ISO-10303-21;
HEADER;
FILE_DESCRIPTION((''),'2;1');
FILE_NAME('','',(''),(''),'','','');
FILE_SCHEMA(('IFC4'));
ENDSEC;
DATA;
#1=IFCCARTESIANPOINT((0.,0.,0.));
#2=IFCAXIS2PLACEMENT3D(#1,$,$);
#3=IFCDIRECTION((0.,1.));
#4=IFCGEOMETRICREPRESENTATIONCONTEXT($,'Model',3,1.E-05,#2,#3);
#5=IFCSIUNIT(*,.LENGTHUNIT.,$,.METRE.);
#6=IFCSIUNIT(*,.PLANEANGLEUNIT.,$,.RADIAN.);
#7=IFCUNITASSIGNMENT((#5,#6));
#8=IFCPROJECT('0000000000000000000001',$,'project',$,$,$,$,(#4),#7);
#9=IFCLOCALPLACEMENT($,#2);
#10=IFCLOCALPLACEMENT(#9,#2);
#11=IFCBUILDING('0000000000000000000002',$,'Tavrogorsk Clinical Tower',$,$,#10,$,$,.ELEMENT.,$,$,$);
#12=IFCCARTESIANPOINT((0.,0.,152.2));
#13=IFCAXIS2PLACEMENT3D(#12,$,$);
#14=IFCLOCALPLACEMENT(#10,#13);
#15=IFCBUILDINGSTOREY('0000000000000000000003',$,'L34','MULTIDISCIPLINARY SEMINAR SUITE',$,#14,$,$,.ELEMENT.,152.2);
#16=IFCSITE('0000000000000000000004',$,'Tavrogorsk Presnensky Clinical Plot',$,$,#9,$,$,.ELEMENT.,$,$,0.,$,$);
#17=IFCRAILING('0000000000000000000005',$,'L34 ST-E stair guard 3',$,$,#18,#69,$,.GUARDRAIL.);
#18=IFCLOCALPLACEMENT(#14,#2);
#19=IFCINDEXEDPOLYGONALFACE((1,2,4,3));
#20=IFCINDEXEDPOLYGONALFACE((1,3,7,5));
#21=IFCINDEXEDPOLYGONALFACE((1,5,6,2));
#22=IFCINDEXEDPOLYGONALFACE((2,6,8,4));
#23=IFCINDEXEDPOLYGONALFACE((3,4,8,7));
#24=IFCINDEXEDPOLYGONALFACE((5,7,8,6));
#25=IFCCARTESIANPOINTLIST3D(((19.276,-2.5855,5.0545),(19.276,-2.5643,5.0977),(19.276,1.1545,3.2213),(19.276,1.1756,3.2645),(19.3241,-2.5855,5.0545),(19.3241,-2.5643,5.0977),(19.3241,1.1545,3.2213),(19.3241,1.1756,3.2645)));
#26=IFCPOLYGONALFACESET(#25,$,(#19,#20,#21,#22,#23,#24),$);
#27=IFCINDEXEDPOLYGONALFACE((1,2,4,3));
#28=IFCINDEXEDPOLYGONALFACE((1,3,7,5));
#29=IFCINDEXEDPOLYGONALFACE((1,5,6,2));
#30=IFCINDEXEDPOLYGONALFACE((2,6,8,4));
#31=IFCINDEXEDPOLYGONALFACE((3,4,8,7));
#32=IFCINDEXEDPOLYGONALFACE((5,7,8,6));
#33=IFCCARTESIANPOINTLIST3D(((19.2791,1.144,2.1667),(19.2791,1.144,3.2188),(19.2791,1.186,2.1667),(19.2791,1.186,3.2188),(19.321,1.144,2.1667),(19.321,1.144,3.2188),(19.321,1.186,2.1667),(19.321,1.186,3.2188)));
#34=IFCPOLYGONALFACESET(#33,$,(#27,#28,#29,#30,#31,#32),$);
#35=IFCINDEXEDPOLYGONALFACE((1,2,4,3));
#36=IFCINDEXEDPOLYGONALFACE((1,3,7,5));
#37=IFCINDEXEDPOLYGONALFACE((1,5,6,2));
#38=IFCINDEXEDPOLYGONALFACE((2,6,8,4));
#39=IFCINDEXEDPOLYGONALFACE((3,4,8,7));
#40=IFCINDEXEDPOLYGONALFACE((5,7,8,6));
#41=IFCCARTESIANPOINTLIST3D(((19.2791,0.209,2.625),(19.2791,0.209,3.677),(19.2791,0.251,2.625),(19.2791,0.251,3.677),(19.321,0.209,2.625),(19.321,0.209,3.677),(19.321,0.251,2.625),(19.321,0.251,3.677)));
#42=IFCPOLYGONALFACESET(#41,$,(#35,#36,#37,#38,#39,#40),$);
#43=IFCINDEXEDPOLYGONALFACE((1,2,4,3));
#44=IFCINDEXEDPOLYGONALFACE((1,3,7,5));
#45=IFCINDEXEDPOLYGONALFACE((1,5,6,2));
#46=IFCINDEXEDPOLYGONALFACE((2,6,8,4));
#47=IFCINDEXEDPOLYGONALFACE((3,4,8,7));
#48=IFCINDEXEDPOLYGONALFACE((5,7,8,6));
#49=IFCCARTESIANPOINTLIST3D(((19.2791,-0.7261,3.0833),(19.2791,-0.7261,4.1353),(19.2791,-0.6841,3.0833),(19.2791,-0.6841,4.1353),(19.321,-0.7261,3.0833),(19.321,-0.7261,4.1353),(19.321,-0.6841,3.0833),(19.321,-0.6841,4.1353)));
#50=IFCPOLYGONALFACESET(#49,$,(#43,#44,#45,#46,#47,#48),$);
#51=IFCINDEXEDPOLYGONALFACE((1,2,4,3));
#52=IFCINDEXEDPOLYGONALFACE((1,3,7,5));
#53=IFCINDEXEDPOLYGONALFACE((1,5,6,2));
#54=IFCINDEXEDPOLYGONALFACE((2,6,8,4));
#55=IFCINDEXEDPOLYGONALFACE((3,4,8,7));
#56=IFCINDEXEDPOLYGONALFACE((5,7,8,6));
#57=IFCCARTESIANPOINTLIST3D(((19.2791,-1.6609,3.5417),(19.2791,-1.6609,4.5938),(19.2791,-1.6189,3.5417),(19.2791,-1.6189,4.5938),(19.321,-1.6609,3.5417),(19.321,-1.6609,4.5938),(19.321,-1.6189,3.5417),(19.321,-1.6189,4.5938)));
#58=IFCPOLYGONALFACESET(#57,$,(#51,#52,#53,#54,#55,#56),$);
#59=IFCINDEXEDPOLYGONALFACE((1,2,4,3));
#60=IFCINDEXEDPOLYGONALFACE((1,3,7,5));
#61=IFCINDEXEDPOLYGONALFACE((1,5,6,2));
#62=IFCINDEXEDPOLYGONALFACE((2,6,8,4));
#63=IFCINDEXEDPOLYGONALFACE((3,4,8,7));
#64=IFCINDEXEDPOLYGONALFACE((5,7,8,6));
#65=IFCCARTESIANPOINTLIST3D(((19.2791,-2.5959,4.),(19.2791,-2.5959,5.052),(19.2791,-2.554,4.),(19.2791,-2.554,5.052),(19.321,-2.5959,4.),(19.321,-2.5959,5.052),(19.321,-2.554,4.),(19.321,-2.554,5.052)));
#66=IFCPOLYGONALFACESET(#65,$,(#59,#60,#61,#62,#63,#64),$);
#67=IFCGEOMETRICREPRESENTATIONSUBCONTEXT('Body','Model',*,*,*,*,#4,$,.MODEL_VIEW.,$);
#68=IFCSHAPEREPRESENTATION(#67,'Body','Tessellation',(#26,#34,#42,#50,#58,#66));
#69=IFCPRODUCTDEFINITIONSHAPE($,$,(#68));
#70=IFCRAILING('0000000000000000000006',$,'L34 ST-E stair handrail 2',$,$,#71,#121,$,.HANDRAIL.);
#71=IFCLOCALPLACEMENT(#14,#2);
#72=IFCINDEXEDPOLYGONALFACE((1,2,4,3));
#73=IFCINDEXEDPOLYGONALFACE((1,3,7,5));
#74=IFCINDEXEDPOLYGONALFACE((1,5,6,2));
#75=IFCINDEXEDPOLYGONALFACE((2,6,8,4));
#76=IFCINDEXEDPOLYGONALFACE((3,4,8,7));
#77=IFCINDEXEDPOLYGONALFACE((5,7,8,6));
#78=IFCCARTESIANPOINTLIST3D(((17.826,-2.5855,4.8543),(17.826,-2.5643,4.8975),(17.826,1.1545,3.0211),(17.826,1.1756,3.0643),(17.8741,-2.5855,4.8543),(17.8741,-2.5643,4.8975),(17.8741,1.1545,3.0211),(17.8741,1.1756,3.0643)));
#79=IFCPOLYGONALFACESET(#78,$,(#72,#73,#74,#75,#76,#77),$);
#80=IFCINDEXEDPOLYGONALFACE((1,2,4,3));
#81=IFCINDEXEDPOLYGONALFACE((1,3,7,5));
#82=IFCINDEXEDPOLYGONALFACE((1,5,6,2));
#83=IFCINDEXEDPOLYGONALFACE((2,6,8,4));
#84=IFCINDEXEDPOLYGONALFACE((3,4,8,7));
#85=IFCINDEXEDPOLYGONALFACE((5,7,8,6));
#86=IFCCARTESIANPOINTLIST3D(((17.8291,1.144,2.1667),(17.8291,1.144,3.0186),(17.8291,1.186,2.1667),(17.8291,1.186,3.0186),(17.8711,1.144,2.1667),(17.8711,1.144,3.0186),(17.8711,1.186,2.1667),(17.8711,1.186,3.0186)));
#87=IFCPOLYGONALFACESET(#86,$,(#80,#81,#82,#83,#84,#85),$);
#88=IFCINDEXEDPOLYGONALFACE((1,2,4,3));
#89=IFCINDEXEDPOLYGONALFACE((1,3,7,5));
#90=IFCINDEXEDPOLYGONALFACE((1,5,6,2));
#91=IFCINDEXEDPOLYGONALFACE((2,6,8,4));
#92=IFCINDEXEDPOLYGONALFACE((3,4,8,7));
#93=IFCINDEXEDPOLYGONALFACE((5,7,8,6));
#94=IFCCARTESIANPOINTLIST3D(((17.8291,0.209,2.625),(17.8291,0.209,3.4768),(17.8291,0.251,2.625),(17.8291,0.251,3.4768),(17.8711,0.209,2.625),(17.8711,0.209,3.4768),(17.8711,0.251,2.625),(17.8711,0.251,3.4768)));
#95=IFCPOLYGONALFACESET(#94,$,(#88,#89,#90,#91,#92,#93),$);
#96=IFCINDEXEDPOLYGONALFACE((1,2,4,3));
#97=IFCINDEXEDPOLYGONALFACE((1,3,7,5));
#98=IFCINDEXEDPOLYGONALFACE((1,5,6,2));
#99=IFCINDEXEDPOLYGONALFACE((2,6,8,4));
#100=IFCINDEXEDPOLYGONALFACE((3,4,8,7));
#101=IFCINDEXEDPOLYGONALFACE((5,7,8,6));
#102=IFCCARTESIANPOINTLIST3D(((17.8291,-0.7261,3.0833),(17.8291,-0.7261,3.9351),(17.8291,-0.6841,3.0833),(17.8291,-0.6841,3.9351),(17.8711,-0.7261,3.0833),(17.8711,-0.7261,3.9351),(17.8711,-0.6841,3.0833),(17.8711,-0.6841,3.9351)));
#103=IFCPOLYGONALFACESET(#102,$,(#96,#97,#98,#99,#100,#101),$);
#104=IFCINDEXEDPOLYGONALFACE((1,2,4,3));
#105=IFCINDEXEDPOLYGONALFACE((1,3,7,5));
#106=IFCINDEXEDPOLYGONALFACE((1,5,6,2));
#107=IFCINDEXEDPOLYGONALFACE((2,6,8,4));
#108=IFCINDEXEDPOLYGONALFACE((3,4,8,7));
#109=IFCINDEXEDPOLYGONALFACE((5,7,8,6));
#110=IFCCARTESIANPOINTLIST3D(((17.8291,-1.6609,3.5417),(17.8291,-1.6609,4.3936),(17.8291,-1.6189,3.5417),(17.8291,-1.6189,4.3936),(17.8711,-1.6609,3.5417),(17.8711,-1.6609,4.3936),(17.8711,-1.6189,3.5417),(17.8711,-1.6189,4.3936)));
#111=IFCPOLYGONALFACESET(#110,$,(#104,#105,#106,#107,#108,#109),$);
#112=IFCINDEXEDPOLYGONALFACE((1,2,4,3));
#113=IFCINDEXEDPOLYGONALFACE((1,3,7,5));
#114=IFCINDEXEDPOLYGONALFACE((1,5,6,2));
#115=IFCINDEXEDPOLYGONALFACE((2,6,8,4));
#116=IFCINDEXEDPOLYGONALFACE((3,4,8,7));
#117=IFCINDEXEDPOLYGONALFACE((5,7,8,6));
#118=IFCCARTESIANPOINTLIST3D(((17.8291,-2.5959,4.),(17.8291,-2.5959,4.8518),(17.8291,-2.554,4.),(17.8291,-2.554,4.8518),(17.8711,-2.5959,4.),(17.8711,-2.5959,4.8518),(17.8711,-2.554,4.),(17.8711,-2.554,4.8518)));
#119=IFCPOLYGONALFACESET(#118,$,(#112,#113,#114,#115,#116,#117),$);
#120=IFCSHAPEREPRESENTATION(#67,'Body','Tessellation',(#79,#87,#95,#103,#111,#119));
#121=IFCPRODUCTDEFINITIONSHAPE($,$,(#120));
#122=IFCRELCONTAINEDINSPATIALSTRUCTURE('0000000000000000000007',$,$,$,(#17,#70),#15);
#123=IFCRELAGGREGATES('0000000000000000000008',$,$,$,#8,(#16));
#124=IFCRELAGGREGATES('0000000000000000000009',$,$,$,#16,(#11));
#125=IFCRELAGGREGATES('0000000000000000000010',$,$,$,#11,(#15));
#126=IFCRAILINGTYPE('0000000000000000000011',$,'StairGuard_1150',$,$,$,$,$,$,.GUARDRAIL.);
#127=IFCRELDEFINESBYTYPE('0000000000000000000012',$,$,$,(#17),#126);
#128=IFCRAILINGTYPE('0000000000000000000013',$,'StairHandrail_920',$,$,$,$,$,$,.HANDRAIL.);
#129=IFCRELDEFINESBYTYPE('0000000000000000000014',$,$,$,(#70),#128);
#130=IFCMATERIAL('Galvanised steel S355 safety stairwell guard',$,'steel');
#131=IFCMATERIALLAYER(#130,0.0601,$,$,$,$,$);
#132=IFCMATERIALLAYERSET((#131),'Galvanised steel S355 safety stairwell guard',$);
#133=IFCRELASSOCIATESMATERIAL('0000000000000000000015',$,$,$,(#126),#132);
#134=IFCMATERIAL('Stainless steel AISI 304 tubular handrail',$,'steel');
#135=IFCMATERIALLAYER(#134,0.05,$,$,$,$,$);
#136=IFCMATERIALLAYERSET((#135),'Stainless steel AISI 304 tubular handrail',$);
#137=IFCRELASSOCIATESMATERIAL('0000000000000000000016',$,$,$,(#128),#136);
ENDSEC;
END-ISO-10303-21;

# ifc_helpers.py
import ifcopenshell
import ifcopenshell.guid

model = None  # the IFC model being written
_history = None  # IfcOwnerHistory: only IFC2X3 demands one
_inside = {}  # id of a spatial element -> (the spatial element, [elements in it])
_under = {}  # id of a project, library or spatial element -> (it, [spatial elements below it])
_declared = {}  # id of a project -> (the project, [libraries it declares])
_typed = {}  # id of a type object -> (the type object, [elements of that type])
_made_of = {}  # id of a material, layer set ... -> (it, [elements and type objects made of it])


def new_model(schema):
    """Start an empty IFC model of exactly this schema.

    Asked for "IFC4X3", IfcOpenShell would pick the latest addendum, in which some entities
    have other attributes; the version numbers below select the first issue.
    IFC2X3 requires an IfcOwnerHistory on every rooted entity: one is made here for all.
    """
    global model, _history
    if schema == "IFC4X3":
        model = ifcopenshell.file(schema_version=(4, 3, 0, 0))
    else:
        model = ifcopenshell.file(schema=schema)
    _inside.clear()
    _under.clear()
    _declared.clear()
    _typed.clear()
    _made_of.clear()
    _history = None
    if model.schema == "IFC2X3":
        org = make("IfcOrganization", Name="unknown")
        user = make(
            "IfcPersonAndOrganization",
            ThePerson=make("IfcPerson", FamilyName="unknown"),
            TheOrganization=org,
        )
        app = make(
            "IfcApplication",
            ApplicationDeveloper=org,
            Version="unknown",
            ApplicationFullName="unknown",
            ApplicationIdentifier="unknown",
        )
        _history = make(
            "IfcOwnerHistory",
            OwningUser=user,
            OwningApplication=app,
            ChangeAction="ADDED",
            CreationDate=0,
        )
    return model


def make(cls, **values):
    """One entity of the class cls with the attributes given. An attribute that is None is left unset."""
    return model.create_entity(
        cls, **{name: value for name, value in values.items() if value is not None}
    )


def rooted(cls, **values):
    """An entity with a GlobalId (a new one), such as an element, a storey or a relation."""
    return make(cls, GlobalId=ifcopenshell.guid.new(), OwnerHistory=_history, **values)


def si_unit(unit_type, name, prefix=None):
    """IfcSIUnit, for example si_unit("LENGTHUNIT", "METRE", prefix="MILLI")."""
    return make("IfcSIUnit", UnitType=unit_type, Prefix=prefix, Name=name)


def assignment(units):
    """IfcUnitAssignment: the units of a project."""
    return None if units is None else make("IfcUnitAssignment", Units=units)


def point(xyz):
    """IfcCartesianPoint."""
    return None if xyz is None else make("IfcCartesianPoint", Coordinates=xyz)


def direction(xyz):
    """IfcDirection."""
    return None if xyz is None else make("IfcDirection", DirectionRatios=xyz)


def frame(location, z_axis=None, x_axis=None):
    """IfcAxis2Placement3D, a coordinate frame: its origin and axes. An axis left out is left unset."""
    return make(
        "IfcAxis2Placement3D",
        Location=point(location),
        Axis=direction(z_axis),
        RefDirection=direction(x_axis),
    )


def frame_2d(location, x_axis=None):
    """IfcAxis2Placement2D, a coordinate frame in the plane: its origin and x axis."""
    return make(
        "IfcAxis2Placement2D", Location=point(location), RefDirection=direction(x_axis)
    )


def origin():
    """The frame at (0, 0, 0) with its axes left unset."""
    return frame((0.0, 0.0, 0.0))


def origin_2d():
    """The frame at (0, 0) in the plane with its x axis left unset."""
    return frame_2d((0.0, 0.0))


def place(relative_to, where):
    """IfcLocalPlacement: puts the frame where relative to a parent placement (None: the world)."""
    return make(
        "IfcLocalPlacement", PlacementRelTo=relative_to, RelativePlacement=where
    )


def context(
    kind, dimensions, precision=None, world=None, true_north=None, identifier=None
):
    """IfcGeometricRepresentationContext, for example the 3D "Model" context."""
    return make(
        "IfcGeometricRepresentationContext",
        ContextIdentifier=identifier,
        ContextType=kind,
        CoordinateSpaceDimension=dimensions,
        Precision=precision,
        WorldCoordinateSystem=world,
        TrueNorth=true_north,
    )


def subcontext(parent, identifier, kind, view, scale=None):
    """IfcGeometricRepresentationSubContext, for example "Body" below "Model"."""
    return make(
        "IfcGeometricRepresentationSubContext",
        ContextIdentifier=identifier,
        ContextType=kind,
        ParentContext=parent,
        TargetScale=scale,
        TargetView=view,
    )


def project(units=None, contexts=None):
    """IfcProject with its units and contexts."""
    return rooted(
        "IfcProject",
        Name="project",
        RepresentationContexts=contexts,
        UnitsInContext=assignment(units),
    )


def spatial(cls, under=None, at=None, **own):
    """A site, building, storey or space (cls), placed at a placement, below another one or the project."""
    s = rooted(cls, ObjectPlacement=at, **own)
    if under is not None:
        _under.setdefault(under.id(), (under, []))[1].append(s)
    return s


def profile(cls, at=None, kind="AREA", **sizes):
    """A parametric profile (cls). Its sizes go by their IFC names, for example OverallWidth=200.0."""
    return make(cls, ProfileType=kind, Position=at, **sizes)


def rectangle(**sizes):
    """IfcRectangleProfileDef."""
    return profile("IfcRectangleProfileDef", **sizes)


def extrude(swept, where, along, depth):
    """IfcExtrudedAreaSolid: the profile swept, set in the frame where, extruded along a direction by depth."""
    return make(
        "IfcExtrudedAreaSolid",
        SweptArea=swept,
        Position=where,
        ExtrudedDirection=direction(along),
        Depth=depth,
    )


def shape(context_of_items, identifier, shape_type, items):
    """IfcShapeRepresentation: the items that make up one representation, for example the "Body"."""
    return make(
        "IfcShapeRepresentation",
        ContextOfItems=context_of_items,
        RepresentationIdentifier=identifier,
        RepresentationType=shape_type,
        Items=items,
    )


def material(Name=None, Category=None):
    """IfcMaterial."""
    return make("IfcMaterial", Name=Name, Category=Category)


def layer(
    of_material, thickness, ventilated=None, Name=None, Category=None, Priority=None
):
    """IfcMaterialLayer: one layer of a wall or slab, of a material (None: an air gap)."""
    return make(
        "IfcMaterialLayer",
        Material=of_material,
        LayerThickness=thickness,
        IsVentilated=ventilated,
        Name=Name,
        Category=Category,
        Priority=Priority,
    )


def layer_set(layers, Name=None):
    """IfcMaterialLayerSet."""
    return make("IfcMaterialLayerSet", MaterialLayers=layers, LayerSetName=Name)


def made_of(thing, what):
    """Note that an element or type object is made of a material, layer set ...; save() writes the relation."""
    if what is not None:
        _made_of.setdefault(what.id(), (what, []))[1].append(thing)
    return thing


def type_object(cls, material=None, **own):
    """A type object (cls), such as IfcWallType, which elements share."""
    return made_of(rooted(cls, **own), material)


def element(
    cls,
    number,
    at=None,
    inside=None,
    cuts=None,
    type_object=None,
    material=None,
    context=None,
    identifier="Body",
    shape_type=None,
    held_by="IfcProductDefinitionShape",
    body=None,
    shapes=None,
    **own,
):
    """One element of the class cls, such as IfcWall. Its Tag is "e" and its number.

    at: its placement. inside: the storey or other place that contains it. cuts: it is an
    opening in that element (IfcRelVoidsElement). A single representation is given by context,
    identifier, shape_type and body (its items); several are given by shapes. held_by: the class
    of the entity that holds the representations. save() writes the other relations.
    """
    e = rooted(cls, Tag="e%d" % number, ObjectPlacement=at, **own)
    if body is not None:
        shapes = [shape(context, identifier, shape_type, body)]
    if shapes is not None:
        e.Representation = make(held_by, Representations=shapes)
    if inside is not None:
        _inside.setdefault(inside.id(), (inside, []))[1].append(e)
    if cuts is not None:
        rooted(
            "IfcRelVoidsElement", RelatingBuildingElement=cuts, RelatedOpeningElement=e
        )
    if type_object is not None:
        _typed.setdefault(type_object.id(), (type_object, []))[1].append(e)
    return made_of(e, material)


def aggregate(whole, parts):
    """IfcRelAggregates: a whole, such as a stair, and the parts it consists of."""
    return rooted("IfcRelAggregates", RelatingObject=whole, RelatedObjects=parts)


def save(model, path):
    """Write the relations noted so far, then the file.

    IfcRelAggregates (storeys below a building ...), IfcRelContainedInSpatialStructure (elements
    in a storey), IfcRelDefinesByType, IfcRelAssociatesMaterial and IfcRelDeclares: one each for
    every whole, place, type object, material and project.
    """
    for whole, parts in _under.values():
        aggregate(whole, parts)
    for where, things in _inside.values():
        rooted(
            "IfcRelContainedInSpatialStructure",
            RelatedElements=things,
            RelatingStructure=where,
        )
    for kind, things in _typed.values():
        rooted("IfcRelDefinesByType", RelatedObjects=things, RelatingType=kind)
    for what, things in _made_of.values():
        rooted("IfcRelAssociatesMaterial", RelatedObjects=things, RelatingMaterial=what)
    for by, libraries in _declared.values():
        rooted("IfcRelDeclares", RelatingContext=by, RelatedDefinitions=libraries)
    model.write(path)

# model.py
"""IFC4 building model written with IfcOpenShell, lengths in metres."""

from ifc_helpers import new_model, si_unit, direction, frame, origin, origin_2d, place, context, subcontext, project, spatial, rectangle, extrude, material, layer, layer_set, type_object, element, save


model = new_model("IFC4")

# Units and contexts
model_context = context("Model", 3, precision=1e-05, world=origin(), true_north=direction((0.0, 1.0)))
body_context = subcontext(model_context, "Body", "Model", "MODEL_VIEW")
ifc_project = project(units=[si_unit("LENGTHUNIT", "METRE"), si_unit("PLANEANGLEUNIT", "RADIAN")], contexts=[model_context])

# Site, building, storey
site_placement = place(None, origin())
site = spatial("IfcSite", under=ifc_project, at=site_placement, Name="Tavrogorsk Presnensky Clinical Plot", CompositionType="ELEMENT", RefElevation=0.0)
building_placement = place(site_placement, origin())
building = spatial("IfcBuilding", under=site, at=building_placement, Name="Tavrogorsk Clinical Tower", CompositionType="ELEMENT")
storey_placement = place(building_placement, frame((0.0, 0.0, 152.2)))
storey = spatial("IfcBuildingStorey", under=building, at=storey_placement, Name="L34", Description="MULTIDISCIPLINARY SEMINAR SUITE", CompositionType="ELEMENT", Elevation=152.2)

# Railings
ifc_material_1 = material(Name="Galvanised steel S355 safety stairwell guard", Category="steel")
ifc_layer_1 = layer(ifc_material_1, 0.0601)
ifc_layer_set_1 = layer_set([ifc_layer_1], Name="Galvanised steel S355 safety stairwell guard")
railing_type_1 = type_object("IfcRailingType", Name="StairGuard_1150", PredefinedType="GUARDRAIL", material=ifc_layer_set_1)
railing_1_placement = place(storey_placement, frame((19.3, 1.165, 2.1667)))
element("IfcRailing", 1, at=railing_1_placement, inside=storey, type_object=railing_type_1, Name="L34 ST-E stair guard 3", PredefinedType="GUARDRAIL", context=body_context, shape_type="SweptSolid", body=[
    extrude(rectangle(XDim=0.0481, YDim=0.0481, at=origin_2d()), frame((0.0, 0.0, 1.0762), z_axis=(0.0, -0.897928, 0.440142), x_axis=(1.0, 0.0, 0.0)), (0.0, 0.0, 1.0), 4.165),
    extrude(rectangle(XDim=0.042, YDim=0.042, at=origin_2d()), origin(), (0.0, 0.0, 1.0), 1.052),
    extrude(rectangle(XDim=0.042, YDim=0.042, at=origin_2d()), frame((0.0, -0.9351, 0.4583)), (0.0, 0.0, 1.0), 1.052),
    extrude(rectangle(XDim=0.042, YDim=0.042, at=origin_2d()), frame((0.0, -1.8701, 0.9165)), (0.0, 0.0, 1.0), 1.052),
    extrude(rectangle(XDim=0.042, YDim=0.042, at=origin_2d()), frame((0.0, -2.8049, 1.375)), (0.0, 0.0, 1.0), 1.052),
    extrude(rectangle(XDim=0.042, YDim=0.042, at=origin_2d()), frame((0.0, -3.74, 1.8333)), (0.0, 0.0, 1.0), 1.052),
])
ifc_material_2 = material(Name="Stainless steel AISI 304 tubular handrail", Category="steel")
ifc_layer_2 = layer(ifc_material_2, 0.05)
ifc_layer_set_2 = layer_set([ifc_layer_2], Name="Stainless steel AISI 304 tubular handrail")
railing_type_2 = type_object("IfcRailingType", Name="StairHandrail_920", PredefinedType="HANDRAIL", material=ifc_layer_set_2)
railing_2_placement = place(storey_placement, frame((17.8501, 1.165, 2.1667)))
element("IfcRailing", 2, at=railing_2_placement, inside=storey, type_object=railing_type_2, Name="L34 ST-E stair handrail 2", PredefinedType="HANDRAIL", context=body_context, shape_type="SweptSolid", body=[
    extrude(rectangle(XDim=0.0481, YDim=0.0481, at=origin_2d()), frame((0.0, 0.0, 0.876), z_axis=(0.0, -0.897928, 0.440142), x_axis=(1.0, 0.0, 0.0)), (0.0, 0.0, 1.0), 4.165),
    extrude(rectangle(XDim=0.042, YDim=0.042, at=origin_2d()), origin(), (0.0, 0.0, 1.0), 0.8518),
    extrude(rectangle(XDim=0.042, YDim=0.042, at=origin_2d()), frame((0.0, -0.9351, 0.4583)), (0.0, 0.0, 1.0), 0.8518),
    extrude(rectangle(XDim=0.042, YDim=0.042, at=origin_2d()), frame((0.0, -1.8701, 0.9165)), (0.0, 0.0, 1.0), 0.8518),
    extrude(rectangle(XDim=0.042, YDim=0.042, at=origin_2d()), frame((0.0, -2.8049, 1.375)), (0.0, 0.0, 1.0), 0.8518),
    extrude(rectangle(XDim=0.042, YDim=0.042, at=origin_2d()), frame((0.0, -3.74, 1.8333)), (0.0, 0.0, 1.0), 0.8518),
])

save(model, "model.ifc")
